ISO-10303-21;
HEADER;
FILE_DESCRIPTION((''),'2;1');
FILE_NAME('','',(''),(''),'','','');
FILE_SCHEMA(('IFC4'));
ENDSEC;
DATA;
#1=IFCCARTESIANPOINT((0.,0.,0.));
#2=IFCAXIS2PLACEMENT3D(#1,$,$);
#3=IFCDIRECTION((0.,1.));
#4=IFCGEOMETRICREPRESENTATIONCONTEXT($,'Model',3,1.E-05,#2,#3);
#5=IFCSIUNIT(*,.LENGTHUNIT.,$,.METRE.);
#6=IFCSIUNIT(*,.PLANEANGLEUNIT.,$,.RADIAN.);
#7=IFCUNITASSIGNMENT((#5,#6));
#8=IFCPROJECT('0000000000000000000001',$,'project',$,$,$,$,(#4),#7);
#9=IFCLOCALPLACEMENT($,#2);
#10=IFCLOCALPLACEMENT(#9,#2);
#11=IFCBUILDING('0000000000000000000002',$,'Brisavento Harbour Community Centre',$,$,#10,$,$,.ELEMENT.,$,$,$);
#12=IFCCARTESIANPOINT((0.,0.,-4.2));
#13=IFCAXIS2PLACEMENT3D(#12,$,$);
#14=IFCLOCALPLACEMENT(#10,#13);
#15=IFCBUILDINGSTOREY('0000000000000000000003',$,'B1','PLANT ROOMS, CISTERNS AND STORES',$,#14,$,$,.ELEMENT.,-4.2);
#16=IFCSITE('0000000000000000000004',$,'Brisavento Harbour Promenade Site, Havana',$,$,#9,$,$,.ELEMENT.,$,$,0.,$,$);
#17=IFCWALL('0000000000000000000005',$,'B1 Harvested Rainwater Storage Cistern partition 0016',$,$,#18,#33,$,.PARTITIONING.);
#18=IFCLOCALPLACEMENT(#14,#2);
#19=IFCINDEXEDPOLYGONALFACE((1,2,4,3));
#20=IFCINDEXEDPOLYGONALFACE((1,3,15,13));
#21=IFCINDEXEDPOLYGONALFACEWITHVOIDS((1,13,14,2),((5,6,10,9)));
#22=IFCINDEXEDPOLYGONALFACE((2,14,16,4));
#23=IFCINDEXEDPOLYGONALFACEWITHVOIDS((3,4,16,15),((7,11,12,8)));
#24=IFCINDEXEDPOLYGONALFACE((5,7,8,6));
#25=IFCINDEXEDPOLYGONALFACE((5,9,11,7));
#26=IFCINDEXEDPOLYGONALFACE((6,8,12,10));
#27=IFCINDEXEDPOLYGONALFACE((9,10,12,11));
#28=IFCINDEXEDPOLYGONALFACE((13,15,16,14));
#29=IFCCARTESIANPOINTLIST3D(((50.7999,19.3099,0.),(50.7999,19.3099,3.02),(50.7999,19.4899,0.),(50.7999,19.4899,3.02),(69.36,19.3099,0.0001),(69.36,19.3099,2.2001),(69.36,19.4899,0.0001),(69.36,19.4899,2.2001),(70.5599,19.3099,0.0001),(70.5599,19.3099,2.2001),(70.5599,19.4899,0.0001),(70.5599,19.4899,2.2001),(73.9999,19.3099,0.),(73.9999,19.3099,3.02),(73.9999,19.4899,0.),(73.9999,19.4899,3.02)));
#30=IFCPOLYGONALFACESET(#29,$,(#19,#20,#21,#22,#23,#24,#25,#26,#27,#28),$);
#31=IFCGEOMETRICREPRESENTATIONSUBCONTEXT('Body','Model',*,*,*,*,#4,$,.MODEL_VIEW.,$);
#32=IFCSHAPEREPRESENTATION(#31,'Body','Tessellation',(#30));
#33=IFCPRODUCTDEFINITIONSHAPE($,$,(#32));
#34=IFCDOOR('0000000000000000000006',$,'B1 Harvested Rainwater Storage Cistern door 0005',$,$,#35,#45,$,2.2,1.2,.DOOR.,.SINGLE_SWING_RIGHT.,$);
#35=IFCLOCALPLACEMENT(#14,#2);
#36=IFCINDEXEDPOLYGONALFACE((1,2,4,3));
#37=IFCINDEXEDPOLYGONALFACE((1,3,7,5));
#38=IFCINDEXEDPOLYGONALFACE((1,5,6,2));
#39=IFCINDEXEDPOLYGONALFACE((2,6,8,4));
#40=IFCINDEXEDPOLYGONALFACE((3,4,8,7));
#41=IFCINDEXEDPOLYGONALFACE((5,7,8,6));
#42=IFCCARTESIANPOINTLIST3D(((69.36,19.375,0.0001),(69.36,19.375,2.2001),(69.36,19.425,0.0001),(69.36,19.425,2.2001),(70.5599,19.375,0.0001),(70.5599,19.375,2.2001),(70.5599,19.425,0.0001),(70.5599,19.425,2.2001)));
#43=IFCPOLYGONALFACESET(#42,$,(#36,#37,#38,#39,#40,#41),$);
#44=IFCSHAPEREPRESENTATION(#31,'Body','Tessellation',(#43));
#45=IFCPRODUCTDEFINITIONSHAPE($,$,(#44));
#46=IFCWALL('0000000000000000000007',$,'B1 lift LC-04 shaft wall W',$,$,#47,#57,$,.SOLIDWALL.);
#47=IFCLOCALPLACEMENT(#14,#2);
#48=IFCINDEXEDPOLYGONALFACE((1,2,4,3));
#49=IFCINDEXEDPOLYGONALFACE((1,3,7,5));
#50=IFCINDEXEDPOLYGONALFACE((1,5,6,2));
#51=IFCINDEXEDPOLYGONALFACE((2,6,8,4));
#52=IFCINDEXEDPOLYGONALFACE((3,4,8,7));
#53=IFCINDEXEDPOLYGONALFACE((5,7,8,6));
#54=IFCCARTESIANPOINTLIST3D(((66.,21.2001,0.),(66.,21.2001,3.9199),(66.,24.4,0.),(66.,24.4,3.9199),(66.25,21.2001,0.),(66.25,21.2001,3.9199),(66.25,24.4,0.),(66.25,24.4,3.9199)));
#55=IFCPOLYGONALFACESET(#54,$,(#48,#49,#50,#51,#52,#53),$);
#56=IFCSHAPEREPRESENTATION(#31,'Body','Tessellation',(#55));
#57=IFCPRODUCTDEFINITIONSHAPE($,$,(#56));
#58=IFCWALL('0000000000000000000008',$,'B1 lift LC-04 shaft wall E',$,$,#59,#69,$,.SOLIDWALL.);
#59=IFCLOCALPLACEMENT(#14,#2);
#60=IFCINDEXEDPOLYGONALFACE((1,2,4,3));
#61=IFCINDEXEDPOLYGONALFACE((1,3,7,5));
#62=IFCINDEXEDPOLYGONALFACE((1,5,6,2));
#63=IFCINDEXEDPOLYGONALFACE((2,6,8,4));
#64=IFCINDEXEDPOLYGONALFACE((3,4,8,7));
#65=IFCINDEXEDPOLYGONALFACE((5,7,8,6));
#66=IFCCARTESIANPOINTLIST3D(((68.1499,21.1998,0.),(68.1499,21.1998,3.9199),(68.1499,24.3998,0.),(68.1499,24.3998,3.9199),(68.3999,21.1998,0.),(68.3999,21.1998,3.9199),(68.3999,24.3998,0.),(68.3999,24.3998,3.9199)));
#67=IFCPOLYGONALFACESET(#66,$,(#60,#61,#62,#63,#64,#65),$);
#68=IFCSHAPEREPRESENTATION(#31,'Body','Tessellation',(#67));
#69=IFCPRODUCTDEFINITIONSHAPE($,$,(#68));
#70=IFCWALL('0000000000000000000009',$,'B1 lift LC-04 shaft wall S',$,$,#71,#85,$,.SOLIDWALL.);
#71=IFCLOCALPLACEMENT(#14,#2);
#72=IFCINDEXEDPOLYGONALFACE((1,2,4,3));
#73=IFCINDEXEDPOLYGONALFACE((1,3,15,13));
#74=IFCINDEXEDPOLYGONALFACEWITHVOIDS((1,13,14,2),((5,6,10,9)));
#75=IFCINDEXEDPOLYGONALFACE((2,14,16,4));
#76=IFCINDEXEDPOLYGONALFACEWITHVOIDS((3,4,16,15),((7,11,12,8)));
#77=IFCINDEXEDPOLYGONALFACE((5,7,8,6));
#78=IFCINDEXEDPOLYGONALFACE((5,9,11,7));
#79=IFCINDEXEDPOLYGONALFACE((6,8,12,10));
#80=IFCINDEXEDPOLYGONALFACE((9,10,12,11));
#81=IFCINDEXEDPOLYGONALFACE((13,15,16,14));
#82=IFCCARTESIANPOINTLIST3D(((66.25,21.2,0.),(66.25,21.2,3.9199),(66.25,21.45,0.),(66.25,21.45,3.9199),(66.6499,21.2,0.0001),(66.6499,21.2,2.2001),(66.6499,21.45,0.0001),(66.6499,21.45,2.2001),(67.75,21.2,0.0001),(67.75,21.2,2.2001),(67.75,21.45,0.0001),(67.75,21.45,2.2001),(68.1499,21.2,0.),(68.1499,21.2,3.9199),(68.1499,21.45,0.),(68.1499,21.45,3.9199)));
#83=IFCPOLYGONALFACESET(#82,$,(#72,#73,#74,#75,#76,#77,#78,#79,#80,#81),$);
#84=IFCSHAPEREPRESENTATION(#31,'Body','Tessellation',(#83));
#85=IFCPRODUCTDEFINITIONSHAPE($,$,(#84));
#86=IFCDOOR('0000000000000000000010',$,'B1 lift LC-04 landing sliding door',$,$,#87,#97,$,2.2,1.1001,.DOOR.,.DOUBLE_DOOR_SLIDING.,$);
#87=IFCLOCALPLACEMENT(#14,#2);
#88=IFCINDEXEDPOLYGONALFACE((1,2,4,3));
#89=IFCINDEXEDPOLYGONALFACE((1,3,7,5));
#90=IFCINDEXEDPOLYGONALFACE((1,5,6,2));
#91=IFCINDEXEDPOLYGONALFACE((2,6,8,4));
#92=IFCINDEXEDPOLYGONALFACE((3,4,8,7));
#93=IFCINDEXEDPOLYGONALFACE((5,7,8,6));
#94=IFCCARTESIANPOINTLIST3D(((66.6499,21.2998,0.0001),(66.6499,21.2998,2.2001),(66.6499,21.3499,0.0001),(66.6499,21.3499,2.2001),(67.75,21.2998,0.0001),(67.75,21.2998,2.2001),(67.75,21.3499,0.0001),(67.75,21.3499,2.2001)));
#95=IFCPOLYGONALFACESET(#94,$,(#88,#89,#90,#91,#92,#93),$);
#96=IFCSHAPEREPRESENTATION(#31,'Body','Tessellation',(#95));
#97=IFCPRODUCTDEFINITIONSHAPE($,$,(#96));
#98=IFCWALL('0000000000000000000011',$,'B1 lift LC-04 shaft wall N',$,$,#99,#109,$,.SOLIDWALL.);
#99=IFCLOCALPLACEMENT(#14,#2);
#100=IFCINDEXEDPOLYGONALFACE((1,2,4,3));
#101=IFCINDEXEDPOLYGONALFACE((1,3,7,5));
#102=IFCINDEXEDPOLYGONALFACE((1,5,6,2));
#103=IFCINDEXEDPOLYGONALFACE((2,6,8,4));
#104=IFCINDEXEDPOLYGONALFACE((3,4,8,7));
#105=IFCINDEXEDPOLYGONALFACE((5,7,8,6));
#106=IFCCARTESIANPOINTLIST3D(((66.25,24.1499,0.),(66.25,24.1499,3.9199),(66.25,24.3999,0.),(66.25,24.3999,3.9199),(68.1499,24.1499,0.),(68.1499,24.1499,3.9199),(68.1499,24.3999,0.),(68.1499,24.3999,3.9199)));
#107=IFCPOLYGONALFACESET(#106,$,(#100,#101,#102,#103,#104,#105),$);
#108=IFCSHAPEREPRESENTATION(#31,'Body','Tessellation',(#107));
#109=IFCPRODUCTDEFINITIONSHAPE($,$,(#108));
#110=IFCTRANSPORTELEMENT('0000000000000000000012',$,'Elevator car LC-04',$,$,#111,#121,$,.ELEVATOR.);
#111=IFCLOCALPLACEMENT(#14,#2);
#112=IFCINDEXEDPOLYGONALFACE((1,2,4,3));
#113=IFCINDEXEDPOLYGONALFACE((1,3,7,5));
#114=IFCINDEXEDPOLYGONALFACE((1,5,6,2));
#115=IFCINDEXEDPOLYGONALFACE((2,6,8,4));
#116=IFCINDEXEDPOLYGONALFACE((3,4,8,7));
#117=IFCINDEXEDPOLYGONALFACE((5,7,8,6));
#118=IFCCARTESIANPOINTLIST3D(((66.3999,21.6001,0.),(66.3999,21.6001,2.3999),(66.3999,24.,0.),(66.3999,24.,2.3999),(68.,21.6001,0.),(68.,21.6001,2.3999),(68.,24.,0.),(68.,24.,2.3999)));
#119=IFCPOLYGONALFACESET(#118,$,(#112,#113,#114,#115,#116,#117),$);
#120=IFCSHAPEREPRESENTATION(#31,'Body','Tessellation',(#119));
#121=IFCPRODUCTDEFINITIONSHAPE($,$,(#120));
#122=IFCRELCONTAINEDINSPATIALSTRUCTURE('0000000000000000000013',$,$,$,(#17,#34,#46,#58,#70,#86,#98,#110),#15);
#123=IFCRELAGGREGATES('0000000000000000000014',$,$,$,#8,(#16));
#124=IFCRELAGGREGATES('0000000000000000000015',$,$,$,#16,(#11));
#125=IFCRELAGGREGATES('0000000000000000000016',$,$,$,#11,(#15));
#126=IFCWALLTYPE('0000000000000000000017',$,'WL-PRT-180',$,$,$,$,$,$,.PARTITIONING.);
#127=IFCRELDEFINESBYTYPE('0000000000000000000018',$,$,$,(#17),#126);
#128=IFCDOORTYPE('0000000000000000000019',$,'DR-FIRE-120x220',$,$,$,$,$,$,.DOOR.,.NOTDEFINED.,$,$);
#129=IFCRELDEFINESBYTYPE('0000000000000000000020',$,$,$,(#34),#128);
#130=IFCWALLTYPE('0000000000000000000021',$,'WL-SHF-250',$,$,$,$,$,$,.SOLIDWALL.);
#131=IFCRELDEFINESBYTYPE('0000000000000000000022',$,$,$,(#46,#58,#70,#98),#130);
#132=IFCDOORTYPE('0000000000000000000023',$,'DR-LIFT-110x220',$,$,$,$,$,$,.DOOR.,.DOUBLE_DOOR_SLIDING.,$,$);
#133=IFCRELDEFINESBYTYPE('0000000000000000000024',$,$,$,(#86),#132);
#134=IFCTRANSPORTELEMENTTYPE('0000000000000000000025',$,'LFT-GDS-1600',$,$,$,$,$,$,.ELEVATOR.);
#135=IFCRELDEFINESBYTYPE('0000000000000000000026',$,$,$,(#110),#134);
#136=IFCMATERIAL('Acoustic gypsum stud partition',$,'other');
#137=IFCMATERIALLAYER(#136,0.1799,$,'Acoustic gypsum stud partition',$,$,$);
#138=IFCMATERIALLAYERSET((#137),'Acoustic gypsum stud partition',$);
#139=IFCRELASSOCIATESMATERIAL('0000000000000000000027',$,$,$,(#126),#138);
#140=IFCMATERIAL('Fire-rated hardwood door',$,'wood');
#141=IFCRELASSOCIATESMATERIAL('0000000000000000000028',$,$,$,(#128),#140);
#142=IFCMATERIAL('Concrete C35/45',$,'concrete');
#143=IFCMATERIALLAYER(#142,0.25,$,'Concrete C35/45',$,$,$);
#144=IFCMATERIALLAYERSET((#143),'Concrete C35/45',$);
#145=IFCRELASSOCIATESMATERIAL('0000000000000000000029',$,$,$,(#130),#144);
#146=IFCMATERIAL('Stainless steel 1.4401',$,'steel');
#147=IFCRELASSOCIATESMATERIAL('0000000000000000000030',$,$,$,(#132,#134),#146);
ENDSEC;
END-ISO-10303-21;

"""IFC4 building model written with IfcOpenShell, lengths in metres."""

from ifc_helpers import new_model, si_unit, direction, frame, frame_2d, origin, origin_2d, place, context, subcontext, project, spatial, rectangle, extrude, material, layer, layer_set, type_object, element, fill, save


model = new_model("IFC4")

# Units and contexts
model_context = context("Model", 3, precision=1e-05, world=origin(), true_north=direction((0.0, 1.0)))
body_context = subcontext(model_context, "Body", "Model", "MODEL_VIEW")
ifc_project = project(units=[si_unit("LENGTHUNIT", "METRE"), si_unit("PLANEANGLEUNIT", "RADIAN")], contexts=[model_context])

# Site, building, storey
site_placement = place(None, origin())
site = spatial("IfcSite", under=ifc_project, at=site_placement, Name="Brisavento Harbour Promenade Site, Havana", CompositionType="ELEMENT", RefElevation=0.0)
building_placement = place(site_placement, origin())
building = spatial("IfcBuilding", under=site, at=building_placement, Name="Brisavento Harbour Community Centre", CompositionType="ELEMENT")
storey_placement = place(building_placement, frame((0.0, 0.0, -4.2)))
storey = spatial("IfcBuildingStorey", under=building, at=storey_placement, Name="B1", Description="PLANT ROOMS, CISTERNS AND STORES", CompositionType="ELEMENT", Elevation=-4.2)

# Shared definitions
ifc_material_1 = material(Name="Concrete C35/45", Category="concrete")

# Wall, opening, door
ifc_material_2 = material(Name="Acoustic gypsum stud partition", Category="other")
ifc_layer_1 = layer(ifc_material_2, 0.1799, Name="Acoustic gypsum stud partition")
ifc_layer_set_1 = layer_set([ifc_layer_1], Name="Acoustic gypsum stud partition")
wall_type_1 = type_object("IfcWallType", Name="WL-PRT-180", PredefinedType="PARTITIONING", material=ifc_layer_set_1)
wall_1_placement = place(storey_placement, frame((74.0, 19.3999, 0.0), z_axis=(0.0, 0.0, 1.0), x_axis=(-1.0, 0.0, 0.0)))
wall_1 = element("IfcWall", 1, at=wall_1_placement, inside=storey, type_object=wall_type_1, Name="B1 Harvested Rainwater Storage Cistern partition 0016", PredefinedType="PARTITIONING", context=body_context, shape_type="SweptSolid", body=[
    extrude(rectangle(XDim=23.2, YDim=0.1799, at=frame_2d((11.6001, 0.0))), origin(), (0.0, 0.0, 1.0), 3.02),
])
opening_1_placement = place(wall_1_placement, frame((3.4399, 0.0, 0.0)))
opening_1 = element("IfcOpeningElement", 2, at=opening_1_placement, cuts=wall_1, PredefinedType="OPENING", context=body_context, shape_type="SweptSolid", body=[
    extrude(rectangle(XDim=1.2, YDim=2.2, at=frame_2d((0.6001, 1.1001))), frame((0.0, 0.1001, 0.0), z_axis=(0.0, -1.0, 0.0), x_axis=(1.0, 0.0, 0.0)), (0.0, 0.0, 1.0), 0.2),
])
ifc_material_3 = material(Name="Fire-rated hardwood door", Category="wood")
door_type_1 = type_object("IfcDoorType", Name="DR-FIRE-120x220", OperationType="NOTDEFINED", PredefinedType="DOOR", material=ifc_material_3)
door_1_placement = place(opening_1_placement, origin())
door_1 = element("IfcDoor", 3, at=door_1_placement, inside=storey, type_object=door_type_1, Name="B1 Harvested Rainwater Storage Cistern door 0005", OperationType="SINGLE_SWING_RIGHT", OverallHeight=2.2, OverallWidth=1.2, PredefinedType="DOOR", context=body_context, shape_type="SweptSolid", body=[
    extrude(rectangle(XDim=1.2, YDim=2.2, at=frame_2d((0.6001, 1.1001))), frame((0.0, 0.0249, 0.0), z_axis=(0.0, -1.0, 0.0), x_axis=(1.0, 0.0, 0.0)), (0.0, 0.0, 1.0), 0.05),
])
fill(opening_1, door_1)

# Walls
ifc_layer_2 = layer(ifc_material_1, 0.25, Name="Concrete C35/45")
ifc_layer_set_2 = layer_set([ifc_layer_2], Name="Concrete C35/45")
wall_type_2 = type_object("IfcWallType", Name="WL-SHF-250", PredefinedType="SOLIDWALL", material=ifc_layer_set_2)
for number, where, z_axis, x_axis, name in (
    (4, (66.125, 21.2, 0.0), (0.0, 0.0, 1.0), (0.0, 1.0, 0.0), "B1 lift LC-04 shaft wall W"),
    (5, (68.2749, 24.3999, 0.0), (0.0, 0.0, 1.0), (0.0, -1.0, 0.0), "B1 lift LC-04 shaft wall E"),
):
    element("IfcWall", number, at=place(storey_placement, frame(where, z_axis=z_axis, x_axis=x_axis)), inside=storey, type_object=wall_type_2, Name=name, PredefinedType="SOLIDWALL", context=body_context, shape_type="SweptSolid", body=[
        extrude(rectangle(XDim=3.2, YDim=0.25, at=frame_2d((1.6001, 0.0))), origin(), (0.0, 0.0, 1.0), 3.9199),
    ])

# Wall, opening, door
wall_2_placement = place(storey_placement, frame((66.25, 21.325, 0.0), z_axis=(0.0, 0.0, 1.0), x_axis=(1.0, 0.0, 0.0)))
wall_2 = element("IfcWall", 6, at=wall_2_placement, inside=storey, type_object=wall_type_2, Name="B1 lift LC-04 shaft wall S", PredefinedType="SOLIDWALL", context=body_context, shape_type="SweptSolid", body=[
    extrude(rectangle(XDim=1.8999, YDim=0.25, at=frame_2d((0.95, 0.0))), origin(), (0.0, 0.0, 1.0), 3.9199),
])
opening_2_placement = place(wall_2_placement, frame((0.3999, 0.0, 0.0)))
opening_2 = element("IfcOpeningElement", 7, at=opening_2_placement, cuts=wall_2, PredefinedType="OPENING", context=body_context, shape_type="SweptSolid", body=[
    extrude(rectangle(XDim=1.1001, YDim=2.2, at=frame_2d((0.55, 1.1001))), frame((0.0, 0.135, 0.0), z_axis=(0.0, -1.0, 0.0), x_axis=(1.0, 0.0, 0.0)), (0.0, 0.0, 1.0), 0.27),
])
ifc_material_4 = material(Name="Stainless steel 1.4401", Category="steel")
door_type_2 = type_object("IfcDoorType", Name="DR-LIFT-110x220", OperationType="DOUBLE_DOOR_SLIDING", PredefinedType="DOOR", material=ifc_material_4)
door_2_placement = place(opening_2_placement, origin())
door_2 = element("IfcDoor", 8, at=door_2_placement, inside=storey, type_object=door_type_2, Name="B1 lift LC-04 landing sliding door", OperationType="DOUBLE_DOOR_SLIDING", OverallHeight=2.2, OverallWidth=1.1001, PredefinedType="DOOR", context=body_context, shape_type="SweptSolid", body=[
    extrude(rectangle(XDim=1.1001, YDim=2.2, at=frame_2d((0.55, 1.1001))), frame((0.0, 0.0249, 0.0), z_axis=(0.0, -1.0, 0.0), x_axis=(1.0, 0.0, 0.0)), (0.0, 0.0, 1.0), 0.05),
])
fill(opening_2, door_2)

# Wall
wall_3_placement = place(storey_placement, frame((68.1499, 24.2749, 0.0), z_axis=(0.0, 0.0, 1.0), x_axis=(-1.0, 0.0, 0.0)))
element("IfcWall", 9, at=wall_3_placement, inside=storey, type_object=wall_type_2, Name="B1 lift LC-04 shaft wall N", PredefinedType="SOLIDWALL", context=body_context, shape_type="SweptSolid", body=[
    extrude(rectangle(XDim=1.8999, YDim=0.25, at=frame_2d((0.95, 0.0))), origin(), (0.0, 0.0, 1.0), 3.9199),
])

# Transport element
transport_element_type = type_object("IfcTransportElementType", Name="LFT-GDS-1600", PredefinedType="ELEVATOR", material=ifc_material_4)
transport_element_placement = place(storey_placement, frame((67.2, 22.8, 0.0), z_axis=(0.0, 0.0, 1.0), x_axis=(1.0, 0.0, 0.0)))
element("IfcTransportElement", 10, at=transport_element_placement, inside=storey, type_object=transport_element_type, Name="Elevator car LC-04", PredefinedType="ELEVATOR", context=body_context, shape_type="SweptSolid", body=[
    extrude(rectangle(XDim=1.6001, YDim=2.3999, at=origin_2d()), origin(), (0.0, 0.0, 1.0), 2.3999),
])

save(model, "model.ifc")
